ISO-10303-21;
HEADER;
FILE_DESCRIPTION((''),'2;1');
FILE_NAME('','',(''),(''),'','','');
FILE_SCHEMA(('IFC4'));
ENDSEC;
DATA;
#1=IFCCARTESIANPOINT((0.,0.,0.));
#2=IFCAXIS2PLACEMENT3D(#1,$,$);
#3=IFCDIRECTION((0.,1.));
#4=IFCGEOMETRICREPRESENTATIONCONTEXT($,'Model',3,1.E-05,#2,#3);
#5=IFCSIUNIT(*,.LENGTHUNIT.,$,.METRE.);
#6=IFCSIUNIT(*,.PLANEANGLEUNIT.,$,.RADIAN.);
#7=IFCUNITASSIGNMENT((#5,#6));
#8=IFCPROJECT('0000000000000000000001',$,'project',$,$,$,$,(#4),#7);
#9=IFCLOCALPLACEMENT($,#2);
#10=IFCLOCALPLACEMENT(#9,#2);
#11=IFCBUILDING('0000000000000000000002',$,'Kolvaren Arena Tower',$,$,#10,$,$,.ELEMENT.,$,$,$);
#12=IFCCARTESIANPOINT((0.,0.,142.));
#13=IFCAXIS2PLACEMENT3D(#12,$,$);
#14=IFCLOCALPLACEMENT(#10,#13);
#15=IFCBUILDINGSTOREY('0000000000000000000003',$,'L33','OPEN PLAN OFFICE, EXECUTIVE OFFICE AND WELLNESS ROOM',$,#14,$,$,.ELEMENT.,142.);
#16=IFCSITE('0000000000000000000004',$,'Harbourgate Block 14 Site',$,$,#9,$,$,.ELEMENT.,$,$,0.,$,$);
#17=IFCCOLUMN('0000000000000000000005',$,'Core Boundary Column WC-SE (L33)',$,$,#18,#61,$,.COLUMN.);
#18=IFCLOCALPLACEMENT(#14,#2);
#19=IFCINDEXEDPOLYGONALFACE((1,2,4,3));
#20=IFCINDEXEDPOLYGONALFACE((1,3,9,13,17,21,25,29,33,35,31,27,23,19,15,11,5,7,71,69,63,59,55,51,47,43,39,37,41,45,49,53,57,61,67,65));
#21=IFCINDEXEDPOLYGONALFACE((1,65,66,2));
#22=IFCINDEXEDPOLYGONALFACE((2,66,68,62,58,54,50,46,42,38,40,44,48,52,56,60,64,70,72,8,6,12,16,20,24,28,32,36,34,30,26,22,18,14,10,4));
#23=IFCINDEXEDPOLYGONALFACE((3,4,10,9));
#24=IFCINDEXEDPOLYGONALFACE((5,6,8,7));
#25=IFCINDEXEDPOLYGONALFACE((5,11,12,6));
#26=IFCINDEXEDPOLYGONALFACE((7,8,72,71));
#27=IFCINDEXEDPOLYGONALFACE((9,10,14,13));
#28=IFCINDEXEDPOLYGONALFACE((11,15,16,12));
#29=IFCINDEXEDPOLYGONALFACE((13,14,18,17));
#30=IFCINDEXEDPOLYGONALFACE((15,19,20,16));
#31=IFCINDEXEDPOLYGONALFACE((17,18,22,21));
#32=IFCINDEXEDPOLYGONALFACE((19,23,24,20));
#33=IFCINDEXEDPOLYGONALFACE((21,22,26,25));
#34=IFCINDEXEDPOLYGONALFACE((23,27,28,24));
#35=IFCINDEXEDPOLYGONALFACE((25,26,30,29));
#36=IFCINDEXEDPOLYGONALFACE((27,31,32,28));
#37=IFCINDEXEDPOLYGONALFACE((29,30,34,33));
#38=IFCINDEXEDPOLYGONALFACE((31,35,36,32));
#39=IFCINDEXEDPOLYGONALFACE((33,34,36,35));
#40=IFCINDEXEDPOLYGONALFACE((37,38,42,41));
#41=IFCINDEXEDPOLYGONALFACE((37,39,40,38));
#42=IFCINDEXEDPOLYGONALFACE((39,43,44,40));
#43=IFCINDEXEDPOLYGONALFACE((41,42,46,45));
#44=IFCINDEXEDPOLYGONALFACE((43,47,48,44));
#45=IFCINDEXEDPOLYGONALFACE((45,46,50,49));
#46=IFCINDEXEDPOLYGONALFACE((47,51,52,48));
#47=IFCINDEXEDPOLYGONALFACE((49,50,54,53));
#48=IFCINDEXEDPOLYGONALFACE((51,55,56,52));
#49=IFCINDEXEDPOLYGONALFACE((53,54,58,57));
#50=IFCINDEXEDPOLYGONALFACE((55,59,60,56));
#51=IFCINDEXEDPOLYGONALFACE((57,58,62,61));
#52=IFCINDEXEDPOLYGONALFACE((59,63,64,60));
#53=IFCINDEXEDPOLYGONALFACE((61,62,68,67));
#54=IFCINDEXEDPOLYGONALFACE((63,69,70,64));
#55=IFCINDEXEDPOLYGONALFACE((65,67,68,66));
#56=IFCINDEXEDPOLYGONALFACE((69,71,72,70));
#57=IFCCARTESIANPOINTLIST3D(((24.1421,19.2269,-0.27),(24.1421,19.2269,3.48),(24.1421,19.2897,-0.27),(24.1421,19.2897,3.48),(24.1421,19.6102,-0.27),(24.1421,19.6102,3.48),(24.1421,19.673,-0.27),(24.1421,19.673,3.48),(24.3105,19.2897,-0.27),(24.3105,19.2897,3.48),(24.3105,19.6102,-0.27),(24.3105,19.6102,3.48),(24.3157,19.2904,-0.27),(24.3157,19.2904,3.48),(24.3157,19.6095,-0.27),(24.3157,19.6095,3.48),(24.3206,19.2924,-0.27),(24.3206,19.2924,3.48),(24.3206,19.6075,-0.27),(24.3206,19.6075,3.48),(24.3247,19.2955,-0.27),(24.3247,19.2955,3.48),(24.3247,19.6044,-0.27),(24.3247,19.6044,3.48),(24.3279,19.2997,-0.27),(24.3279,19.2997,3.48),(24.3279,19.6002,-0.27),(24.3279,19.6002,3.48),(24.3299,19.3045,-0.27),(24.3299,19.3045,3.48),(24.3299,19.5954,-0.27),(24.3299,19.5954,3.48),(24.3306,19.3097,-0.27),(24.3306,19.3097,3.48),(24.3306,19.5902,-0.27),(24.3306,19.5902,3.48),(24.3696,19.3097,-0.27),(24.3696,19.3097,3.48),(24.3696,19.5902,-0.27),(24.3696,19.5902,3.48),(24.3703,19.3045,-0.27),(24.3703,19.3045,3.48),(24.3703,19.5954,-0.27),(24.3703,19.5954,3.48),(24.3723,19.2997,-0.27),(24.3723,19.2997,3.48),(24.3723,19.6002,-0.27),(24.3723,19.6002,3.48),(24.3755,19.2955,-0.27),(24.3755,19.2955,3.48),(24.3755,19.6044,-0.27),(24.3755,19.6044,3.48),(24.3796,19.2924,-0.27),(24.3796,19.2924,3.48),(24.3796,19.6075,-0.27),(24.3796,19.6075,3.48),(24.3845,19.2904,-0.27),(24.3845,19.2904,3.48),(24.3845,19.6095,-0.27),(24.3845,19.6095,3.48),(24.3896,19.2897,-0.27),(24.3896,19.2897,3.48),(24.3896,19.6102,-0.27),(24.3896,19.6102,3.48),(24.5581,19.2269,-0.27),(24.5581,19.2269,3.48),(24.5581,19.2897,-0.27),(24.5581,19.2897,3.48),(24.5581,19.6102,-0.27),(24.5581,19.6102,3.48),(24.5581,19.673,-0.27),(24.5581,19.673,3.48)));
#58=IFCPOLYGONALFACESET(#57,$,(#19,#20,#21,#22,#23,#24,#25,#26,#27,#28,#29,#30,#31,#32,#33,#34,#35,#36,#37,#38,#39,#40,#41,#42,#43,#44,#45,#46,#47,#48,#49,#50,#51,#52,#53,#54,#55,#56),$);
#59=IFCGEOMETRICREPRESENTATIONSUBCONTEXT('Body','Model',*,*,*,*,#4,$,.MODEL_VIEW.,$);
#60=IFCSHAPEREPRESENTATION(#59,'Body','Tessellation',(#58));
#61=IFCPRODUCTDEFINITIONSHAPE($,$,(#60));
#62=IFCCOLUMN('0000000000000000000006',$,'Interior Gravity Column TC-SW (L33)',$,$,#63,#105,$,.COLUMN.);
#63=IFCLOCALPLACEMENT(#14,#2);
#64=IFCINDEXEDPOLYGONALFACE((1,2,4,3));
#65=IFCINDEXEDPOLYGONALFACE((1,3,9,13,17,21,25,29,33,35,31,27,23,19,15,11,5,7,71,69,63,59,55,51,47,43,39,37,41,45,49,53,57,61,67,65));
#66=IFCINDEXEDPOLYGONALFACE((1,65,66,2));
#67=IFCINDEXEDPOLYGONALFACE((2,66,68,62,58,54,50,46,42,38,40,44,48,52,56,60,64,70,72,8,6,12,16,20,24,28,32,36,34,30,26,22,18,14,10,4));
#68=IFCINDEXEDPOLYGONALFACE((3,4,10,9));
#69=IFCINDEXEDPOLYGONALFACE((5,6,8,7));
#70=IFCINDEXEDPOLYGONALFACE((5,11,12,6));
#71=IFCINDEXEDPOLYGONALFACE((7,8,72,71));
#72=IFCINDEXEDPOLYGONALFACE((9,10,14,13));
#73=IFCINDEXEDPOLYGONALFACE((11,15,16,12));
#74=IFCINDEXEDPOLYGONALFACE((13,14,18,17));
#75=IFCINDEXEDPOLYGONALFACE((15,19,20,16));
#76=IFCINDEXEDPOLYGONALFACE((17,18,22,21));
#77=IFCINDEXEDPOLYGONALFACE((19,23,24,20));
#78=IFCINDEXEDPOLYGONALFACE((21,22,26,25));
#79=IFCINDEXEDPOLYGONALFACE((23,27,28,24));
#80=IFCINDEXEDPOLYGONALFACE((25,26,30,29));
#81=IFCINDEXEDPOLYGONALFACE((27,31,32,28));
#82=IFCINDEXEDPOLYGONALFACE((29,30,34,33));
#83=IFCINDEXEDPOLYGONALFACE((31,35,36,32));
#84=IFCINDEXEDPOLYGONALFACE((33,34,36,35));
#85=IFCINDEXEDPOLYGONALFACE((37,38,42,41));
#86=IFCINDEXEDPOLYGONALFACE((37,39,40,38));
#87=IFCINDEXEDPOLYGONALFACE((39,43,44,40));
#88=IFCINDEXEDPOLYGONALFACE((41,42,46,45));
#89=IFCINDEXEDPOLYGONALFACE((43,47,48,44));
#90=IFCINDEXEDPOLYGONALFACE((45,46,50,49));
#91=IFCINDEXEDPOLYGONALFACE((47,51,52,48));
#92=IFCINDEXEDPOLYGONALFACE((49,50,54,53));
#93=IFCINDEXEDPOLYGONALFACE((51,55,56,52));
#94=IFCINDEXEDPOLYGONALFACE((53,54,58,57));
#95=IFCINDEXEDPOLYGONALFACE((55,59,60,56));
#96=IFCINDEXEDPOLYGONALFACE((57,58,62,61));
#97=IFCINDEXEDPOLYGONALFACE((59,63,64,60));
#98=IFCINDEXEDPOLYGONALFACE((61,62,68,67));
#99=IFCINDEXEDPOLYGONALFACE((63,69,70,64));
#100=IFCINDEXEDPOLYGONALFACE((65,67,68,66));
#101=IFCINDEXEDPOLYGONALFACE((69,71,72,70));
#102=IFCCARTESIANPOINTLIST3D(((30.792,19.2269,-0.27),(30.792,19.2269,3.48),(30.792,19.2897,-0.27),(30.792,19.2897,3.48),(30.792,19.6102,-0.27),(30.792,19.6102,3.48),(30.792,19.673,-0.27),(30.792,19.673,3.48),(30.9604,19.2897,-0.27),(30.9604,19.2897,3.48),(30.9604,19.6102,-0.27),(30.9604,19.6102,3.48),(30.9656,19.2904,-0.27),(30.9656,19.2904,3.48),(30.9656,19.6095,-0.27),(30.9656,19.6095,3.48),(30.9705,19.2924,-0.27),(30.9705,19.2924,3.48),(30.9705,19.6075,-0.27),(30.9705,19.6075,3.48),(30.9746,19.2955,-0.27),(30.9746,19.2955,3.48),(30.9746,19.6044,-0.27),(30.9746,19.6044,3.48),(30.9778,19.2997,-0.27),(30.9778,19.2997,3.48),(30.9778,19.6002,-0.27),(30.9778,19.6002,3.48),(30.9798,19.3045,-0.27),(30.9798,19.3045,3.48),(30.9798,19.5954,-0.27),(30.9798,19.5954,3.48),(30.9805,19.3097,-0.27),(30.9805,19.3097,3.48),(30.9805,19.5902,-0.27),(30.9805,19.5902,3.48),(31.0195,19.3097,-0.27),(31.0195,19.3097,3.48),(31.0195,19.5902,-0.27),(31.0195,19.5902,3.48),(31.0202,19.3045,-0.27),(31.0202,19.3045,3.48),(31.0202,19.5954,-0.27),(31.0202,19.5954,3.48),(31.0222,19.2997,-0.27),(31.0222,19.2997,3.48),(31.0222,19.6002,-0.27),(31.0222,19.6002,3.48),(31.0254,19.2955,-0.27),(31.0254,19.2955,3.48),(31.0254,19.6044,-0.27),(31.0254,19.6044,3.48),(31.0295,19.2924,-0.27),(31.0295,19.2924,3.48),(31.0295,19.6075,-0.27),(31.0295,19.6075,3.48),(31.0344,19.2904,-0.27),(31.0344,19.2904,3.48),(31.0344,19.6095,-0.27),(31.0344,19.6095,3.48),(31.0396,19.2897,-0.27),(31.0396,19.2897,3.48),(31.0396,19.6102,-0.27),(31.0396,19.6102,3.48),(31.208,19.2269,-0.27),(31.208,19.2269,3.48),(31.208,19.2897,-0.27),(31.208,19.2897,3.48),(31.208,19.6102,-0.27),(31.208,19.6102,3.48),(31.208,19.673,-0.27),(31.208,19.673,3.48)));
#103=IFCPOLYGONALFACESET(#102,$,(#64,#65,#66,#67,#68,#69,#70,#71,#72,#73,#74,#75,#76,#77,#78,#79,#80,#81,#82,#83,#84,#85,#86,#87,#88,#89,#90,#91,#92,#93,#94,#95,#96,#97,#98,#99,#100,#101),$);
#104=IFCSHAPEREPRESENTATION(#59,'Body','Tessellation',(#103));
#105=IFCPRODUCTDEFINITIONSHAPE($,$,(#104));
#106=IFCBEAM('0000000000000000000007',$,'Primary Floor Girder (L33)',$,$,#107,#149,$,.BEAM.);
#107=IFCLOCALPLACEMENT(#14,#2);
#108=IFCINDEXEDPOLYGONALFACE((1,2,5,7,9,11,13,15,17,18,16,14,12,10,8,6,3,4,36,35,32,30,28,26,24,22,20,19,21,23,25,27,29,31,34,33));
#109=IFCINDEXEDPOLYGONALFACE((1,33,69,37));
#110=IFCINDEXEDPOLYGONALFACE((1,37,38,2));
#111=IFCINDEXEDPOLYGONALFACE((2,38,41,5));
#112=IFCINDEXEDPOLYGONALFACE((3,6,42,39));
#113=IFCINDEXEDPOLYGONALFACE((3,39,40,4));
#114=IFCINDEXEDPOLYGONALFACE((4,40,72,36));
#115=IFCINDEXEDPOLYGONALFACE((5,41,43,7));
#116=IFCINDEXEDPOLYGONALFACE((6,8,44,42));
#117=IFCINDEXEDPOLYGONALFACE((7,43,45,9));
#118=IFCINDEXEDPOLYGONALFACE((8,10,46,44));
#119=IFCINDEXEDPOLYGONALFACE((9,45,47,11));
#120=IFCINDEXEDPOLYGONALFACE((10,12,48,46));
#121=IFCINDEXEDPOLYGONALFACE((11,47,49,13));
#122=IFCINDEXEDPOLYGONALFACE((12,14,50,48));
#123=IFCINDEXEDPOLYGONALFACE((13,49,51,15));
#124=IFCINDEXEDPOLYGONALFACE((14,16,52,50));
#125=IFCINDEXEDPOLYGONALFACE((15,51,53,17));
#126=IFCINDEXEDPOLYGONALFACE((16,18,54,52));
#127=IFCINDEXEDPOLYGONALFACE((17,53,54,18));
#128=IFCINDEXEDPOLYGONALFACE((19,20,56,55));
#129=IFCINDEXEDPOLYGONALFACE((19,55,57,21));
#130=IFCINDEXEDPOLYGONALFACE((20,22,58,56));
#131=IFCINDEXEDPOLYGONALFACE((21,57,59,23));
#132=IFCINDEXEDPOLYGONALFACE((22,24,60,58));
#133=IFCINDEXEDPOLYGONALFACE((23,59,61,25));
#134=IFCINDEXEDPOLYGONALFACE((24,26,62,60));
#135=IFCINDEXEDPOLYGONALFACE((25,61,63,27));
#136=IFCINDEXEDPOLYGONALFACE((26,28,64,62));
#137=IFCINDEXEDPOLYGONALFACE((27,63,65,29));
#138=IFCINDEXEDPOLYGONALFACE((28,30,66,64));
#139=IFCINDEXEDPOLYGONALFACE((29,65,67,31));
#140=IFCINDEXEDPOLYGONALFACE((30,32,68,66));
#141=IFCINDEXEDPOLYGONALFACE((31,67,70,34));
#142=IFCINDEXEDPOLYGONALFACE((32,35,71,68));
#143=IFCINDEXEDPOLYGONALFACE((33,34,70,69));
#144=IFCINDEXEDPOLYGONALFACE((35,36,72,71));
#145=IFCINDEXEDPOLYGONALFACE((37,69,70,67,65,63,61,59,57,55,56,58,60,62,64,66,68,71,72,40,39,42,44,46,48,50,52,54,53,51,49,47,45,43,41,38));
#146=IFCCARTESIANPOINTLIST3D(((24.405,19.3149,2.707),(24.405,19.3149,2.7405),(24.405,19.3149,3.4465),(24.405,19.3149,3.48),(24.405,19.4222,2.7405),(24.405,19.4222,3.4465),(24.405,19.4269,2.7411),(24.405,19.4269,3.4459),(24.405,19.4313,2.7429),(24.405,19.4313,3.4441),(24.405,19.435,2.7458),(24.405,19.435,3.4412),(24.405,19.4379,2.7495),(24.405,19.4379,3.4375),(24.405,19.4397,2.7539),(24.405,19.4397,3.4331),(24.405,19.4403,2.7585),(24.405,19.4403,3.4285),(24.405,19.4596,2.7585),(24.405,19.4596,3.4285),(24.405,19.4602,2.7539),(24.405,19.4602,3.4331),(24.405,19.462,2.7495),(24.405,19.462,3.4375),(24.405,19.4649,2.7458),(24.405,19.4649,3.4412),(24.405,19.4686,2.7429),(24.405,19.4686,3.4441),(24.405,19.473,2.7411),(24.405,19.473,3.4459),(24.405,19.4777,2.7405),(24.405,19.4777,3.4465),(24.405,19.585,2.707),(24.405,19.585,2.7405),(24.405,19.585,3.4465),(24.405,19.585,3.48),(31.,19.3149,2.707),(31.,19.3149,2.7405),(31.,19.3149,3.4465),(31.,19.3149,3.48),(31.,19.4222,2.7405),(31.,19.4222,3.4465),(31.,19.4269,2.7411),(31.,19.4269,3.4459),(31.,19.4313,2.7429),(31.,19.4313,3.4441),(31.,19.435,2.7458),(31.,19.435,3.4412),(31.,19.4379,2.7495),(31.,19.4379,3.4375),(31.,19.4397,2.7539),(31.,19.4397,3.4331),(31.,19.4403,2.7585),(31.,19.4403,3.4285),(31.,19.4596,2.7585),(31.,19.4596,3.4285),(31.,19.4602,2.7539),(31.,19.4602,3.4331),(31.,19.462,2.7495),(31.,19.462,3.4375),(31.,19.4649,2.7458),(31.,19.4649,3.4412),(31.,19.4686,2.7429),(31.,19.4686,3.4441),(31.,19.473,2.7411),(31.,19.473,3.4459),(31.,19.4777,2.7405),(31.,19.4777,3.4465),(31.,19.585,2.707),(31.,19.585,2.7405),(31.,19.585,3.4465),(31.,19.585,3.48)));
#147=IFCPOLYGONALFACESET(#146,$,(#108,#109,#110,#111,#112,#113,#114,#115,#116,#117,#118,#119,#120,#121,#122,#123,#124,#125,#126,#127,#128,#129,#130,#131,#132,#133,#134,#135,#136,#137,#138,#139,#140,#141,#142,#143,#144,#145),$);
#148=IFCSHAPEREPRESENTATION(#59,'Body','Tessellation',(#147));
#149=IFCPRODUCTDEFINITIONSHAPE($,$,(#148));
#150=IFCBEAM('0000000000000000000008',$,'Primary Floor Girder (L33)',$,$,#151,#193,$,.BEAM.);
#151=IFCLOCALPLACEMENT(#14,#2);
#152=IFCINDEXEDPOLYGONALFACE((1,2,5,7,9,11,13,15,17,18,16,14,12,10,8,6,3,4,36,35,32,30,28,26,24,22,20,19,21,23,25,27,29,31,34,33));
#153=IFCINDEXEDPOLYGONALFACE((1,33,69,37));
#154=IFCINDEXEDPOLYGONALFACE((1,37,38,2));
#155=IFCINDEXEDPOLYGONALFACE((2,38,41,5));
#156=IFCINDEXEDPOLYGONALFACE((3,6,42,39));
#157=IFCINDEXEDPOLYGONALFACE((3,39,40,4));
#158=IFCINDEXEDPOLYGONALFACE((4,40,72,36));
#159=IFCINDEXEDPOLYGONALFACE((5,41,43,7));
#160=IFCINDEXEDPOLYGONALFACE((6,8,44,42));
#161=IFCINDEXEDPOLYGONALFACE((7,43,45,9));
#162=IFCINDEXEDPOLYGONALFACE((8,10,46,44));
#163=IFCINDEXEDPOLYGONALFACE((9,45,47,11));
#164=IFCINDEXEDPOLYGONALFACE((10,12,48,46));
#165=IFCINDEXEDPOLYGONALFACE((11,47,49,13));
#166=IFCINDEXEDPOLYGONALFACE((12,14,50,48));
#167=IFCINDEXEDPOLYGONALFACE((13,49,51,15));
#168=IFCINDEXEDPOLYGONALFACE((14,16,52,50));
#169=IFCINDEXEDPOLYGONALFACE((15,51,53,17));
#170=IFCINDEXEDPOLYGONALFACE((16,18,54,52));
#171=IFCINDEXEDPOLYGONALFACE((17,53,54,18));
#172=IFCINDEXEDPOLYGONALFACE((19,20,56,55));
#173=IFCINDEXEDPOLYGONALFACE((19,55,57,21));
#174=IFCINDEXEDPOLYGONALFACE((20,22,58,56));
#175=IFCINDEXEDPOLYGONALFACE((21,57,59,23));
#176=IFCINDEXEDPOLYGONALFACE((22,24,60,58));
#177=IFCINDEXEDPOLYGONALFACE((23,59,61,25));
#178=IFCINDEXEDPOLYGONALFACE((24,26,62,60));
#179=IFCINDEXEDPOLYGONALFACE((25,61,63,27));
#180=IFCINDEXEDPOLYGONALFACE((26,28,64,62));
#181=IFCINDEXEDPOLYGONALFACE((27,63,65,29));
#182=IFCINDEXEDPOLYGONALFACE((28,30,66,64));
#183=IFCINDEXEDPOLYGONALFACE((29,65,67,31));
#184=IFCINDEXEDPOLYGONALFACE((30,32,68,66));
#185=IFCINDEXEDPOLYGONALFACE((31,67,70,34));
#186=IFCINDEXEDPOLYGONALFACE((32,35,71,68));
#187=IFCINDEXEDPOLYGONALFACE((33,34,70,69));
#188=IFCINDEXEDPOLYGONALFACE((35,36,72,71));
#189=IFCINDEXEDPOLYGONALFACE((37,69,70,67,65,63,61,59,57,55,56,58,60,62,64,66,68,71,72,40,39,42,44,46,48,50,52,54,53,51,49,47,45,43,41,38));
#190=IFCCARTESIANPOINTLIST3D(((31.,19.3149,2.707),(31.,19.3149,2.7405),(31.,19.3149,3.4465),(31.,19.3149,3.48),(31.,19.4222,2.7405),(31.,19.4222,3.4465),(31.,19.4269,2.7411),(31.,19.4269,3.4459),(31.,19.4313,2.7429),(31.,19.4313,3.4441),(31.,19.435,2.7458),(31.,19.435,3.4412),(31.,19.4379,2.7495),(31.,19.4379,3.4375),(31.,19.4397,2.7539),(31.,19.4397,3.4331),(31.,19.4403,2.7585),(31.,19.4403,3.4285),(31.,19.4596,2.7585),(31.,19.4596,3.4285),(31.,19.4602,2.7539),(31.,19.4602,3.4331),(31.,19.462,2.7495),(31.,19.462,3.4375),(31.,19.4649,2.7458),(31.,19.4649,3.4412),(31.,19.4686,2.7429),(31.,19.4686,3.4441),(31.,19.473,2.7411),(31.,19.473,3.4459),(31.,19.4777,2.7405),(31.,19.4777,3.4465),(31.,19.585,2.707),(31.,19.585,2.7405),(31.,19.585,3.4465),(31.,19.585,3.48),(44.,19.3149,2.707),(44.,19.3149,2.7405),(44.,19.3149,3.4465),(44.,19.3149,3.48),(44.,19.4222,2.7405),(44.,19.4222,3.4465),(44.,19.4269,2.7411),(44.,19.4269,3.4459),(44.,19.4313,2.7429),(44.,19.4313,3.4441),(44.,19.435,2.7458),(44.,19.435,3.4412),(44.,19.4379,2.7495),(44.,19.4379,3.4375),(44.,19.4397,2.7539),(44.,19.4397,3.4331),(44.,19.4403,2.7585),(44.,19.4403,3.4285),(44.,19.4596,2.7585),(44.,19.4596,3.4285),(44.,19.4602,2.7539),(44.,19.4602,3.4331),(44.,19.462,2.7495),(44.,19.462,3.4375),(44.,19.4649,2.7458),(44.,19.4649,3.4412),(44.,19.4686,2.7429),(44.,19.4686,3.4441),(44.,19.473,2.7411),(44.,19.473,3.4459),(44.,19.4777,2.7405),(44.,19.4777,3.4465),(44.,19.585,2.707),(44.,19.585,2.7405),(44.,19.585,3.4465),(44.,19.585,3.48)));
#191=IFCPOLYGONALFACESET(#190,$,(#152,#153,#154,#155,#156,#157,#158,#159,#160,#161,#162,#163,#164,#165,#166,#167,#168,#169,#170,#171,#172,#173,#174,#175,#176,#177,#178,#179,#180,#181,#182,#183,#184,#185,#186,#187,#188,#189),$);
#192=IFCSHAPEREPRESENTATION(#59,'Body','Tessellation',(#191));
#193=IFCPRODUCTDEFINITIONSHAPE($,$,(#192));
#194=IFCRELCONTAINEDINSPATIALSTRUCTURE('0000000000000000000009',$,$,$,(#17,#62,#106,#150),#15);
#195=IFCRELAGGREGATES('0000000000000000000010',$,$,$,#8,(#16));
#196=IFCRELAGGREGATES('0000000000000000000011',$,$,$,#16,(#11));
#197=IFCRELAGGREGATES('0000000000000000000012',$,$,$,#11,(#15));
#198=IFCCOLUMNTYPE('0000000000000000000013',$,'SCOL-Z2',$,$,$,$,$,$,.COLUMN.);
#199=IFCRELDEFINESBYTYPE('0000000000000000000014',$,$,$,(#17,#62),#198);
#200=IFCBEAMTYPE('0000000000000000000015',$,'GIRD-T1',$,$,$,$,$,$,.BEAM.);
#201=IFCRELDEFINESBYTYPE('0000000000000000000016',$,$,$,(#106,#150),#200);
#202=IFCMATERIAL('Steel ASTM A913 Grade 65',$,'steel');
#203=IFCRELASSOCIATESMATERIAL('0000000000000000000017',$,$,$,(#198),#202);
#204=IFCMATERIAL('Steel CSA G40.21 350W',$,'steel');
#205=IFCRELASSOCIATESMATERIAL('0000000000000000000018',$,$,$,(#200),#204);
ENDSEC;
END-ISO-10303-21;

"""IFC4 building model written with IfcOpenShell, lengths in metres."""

from ifc_helpers import new_model, si_unit, direction, frame, origin, origin_2d, place, context, subcontext, project, spatial, i_section, extrude, material, material_profile, profile_set, type_object, element, save


model = new_model("IFC4")

# Units and contexts
model_context = context("Model", 3, precision=1e-05, world=origin(), true_north=direction((0.0, 1.0)))
body_context = subcontext(model_context, "Body", "Model", "MODEL_VIEW")
ifc_project = project(units=[si_unit("LENGTHUNIT", "METRE"), si_unit("PLANEANGLEUNIT", "RADIAN")], contexts=[model_context])

# Site, building, storey
site_placement = place(None, origin())
site = spatial("IfcSite", under=ifc_project, at=site_placement, Name="Harbourgate Block 14 Site", CompositionType="ELEMENT", RefElevation=0.0)
building_placement = place(site_placement, origin())
building = spatial("IfcBuilding", under=site, at=building_placement, Name="Kolvaren Arena Tower", CompositionType="ELEMENT")
storey_placement = place(building_placement, frame((0.0, 0.0, 142.0)))
storey = spatial("IfcBuildingStorey", under=building, at=storey_placement, Name="L33", Description="OPEN PLAN OFFICE, EXECUTIVE OFFICE AND WELLNESS ROOM", CompositionType="ELEMENT", Elevation=142.0)

# Columns
ifc_material_1 = material(Name="Steel ASTM A913 Grade 65", Category="steel")
ifc_material_profile_1 = material_profile(ifc_material_1, i_section(OverallWidth=0.416, OverallDepth=0.446, WebThickness=0.0391, FlangeThickness=0.0627, FilletRadius=0.02, at=origin_2d()), Name="W360x509")
ifc_profile_set_1 = profile_set([ifc_material_profile_1], Name="Steel ASTM A913 Grade 65")
column_type = type_object("IfcColumnType", Name="SCOL-Z2", PredefinedType="COLUMN", material=ifc_profile_set_1)
for number, where, z_axis, x_axis, name in (
    (1, (24.3501, 19.45, -0.27), (0.0, 0.0, 1.0), (1.0, 0.0, 0.0), "Core Boundary Column WC-SE (L33)"),
    (2, (31.0, 19.45, -0.27), (0.0, 0.0, 1.0), (1.0, 0.0, 0.0), "Interior Gravity Column TC-SW (L33)"),
):
    element("IfcColumn", number, at=place(storey_placement, frame(where, z_axis=z_axis, x_axis=x_axis)), inside=storey, type_object=column_type, Name=name, PredefinedType="COLUMN", context=body_context, shape_type="SweptSolid", body=[
        extrude(i_section(OverallWidth=0.416, OverallDepth=0.446, WebThickness=0.0391, FlangeThickness=0.0627, FilletRadius=0.02, at=origin_2d()), origin(), (0.0, 0.0, 1.0), 3.75),
    ])

# Beams
ifc_material_2 = material(Name="Steel CSA G40.21 350W", Category="steel")
ifc_material_profile_2 = material_profile(ifc_material_2, i_section(OverallWidth=0.27, OverallDepth=0.7729, WebThickness=0.0193, FlangeThickness=0.0334, FilletRadius=0.0181, at=origin_2d()), Name="W760x257")
ifc_profile_set_2 = profile_set([ifc_material_profile_2], Name="Steel CSA G40.21 350W")
beam_type_1 = type_object("IfcBeamType", Name="GIRD-T1", PredefinedType="BEAM", material=ifc_profile_set_2)
beam_1_placement = place(storey_placement, frame((24.405, 19.45, 3.0935), z_axis=(1.0, 0.0, 0.0), x_axis=(0.0, 1.0, 0.0)))
element("IfcBeam", 3, at=beam_1_placement, inside=storey, type_object=beam_type_1, Name="Primary Floor Girder (L33)", PredefinedType="BEAM", context=body_context, shape_type="SweptSolid", body=[
    extrude(i_section(OverallWidth=0.27, OverallDepth=0.7729, WebThickness=0.0193, FlangeThickness=0.0334, FilletRadius=0.0181, at=origin_2d()), origin(), (0.0, 0.0, 1.0), 6.595),
])
beam_2_placement = place(storey_placement, frame((31.0, 19.45, 3.0935), z_axis=(1.0, 0.0, 0.0), x_axis=(0.0, 1.0, 0.0)))
element("IfcBeam", 4, at=beam_2_placement, inside=storey, type_object=beam_type_1, Name="Primary Floor Girder (L33)", PredefinedType="BEAM", context=body_context, shape_type="SweptSolid", body=[
    extrude(i_section(OverallWidth=0.27, OverallDepth=0.7729, WebThickness=0.0193, FlangeThickness=0.0334, FilletRadius=0.0181, at=origin_2d()), origin(), (0.0, 0.0, 1.0), 13.0),
])

save(model, "model.ifc")
